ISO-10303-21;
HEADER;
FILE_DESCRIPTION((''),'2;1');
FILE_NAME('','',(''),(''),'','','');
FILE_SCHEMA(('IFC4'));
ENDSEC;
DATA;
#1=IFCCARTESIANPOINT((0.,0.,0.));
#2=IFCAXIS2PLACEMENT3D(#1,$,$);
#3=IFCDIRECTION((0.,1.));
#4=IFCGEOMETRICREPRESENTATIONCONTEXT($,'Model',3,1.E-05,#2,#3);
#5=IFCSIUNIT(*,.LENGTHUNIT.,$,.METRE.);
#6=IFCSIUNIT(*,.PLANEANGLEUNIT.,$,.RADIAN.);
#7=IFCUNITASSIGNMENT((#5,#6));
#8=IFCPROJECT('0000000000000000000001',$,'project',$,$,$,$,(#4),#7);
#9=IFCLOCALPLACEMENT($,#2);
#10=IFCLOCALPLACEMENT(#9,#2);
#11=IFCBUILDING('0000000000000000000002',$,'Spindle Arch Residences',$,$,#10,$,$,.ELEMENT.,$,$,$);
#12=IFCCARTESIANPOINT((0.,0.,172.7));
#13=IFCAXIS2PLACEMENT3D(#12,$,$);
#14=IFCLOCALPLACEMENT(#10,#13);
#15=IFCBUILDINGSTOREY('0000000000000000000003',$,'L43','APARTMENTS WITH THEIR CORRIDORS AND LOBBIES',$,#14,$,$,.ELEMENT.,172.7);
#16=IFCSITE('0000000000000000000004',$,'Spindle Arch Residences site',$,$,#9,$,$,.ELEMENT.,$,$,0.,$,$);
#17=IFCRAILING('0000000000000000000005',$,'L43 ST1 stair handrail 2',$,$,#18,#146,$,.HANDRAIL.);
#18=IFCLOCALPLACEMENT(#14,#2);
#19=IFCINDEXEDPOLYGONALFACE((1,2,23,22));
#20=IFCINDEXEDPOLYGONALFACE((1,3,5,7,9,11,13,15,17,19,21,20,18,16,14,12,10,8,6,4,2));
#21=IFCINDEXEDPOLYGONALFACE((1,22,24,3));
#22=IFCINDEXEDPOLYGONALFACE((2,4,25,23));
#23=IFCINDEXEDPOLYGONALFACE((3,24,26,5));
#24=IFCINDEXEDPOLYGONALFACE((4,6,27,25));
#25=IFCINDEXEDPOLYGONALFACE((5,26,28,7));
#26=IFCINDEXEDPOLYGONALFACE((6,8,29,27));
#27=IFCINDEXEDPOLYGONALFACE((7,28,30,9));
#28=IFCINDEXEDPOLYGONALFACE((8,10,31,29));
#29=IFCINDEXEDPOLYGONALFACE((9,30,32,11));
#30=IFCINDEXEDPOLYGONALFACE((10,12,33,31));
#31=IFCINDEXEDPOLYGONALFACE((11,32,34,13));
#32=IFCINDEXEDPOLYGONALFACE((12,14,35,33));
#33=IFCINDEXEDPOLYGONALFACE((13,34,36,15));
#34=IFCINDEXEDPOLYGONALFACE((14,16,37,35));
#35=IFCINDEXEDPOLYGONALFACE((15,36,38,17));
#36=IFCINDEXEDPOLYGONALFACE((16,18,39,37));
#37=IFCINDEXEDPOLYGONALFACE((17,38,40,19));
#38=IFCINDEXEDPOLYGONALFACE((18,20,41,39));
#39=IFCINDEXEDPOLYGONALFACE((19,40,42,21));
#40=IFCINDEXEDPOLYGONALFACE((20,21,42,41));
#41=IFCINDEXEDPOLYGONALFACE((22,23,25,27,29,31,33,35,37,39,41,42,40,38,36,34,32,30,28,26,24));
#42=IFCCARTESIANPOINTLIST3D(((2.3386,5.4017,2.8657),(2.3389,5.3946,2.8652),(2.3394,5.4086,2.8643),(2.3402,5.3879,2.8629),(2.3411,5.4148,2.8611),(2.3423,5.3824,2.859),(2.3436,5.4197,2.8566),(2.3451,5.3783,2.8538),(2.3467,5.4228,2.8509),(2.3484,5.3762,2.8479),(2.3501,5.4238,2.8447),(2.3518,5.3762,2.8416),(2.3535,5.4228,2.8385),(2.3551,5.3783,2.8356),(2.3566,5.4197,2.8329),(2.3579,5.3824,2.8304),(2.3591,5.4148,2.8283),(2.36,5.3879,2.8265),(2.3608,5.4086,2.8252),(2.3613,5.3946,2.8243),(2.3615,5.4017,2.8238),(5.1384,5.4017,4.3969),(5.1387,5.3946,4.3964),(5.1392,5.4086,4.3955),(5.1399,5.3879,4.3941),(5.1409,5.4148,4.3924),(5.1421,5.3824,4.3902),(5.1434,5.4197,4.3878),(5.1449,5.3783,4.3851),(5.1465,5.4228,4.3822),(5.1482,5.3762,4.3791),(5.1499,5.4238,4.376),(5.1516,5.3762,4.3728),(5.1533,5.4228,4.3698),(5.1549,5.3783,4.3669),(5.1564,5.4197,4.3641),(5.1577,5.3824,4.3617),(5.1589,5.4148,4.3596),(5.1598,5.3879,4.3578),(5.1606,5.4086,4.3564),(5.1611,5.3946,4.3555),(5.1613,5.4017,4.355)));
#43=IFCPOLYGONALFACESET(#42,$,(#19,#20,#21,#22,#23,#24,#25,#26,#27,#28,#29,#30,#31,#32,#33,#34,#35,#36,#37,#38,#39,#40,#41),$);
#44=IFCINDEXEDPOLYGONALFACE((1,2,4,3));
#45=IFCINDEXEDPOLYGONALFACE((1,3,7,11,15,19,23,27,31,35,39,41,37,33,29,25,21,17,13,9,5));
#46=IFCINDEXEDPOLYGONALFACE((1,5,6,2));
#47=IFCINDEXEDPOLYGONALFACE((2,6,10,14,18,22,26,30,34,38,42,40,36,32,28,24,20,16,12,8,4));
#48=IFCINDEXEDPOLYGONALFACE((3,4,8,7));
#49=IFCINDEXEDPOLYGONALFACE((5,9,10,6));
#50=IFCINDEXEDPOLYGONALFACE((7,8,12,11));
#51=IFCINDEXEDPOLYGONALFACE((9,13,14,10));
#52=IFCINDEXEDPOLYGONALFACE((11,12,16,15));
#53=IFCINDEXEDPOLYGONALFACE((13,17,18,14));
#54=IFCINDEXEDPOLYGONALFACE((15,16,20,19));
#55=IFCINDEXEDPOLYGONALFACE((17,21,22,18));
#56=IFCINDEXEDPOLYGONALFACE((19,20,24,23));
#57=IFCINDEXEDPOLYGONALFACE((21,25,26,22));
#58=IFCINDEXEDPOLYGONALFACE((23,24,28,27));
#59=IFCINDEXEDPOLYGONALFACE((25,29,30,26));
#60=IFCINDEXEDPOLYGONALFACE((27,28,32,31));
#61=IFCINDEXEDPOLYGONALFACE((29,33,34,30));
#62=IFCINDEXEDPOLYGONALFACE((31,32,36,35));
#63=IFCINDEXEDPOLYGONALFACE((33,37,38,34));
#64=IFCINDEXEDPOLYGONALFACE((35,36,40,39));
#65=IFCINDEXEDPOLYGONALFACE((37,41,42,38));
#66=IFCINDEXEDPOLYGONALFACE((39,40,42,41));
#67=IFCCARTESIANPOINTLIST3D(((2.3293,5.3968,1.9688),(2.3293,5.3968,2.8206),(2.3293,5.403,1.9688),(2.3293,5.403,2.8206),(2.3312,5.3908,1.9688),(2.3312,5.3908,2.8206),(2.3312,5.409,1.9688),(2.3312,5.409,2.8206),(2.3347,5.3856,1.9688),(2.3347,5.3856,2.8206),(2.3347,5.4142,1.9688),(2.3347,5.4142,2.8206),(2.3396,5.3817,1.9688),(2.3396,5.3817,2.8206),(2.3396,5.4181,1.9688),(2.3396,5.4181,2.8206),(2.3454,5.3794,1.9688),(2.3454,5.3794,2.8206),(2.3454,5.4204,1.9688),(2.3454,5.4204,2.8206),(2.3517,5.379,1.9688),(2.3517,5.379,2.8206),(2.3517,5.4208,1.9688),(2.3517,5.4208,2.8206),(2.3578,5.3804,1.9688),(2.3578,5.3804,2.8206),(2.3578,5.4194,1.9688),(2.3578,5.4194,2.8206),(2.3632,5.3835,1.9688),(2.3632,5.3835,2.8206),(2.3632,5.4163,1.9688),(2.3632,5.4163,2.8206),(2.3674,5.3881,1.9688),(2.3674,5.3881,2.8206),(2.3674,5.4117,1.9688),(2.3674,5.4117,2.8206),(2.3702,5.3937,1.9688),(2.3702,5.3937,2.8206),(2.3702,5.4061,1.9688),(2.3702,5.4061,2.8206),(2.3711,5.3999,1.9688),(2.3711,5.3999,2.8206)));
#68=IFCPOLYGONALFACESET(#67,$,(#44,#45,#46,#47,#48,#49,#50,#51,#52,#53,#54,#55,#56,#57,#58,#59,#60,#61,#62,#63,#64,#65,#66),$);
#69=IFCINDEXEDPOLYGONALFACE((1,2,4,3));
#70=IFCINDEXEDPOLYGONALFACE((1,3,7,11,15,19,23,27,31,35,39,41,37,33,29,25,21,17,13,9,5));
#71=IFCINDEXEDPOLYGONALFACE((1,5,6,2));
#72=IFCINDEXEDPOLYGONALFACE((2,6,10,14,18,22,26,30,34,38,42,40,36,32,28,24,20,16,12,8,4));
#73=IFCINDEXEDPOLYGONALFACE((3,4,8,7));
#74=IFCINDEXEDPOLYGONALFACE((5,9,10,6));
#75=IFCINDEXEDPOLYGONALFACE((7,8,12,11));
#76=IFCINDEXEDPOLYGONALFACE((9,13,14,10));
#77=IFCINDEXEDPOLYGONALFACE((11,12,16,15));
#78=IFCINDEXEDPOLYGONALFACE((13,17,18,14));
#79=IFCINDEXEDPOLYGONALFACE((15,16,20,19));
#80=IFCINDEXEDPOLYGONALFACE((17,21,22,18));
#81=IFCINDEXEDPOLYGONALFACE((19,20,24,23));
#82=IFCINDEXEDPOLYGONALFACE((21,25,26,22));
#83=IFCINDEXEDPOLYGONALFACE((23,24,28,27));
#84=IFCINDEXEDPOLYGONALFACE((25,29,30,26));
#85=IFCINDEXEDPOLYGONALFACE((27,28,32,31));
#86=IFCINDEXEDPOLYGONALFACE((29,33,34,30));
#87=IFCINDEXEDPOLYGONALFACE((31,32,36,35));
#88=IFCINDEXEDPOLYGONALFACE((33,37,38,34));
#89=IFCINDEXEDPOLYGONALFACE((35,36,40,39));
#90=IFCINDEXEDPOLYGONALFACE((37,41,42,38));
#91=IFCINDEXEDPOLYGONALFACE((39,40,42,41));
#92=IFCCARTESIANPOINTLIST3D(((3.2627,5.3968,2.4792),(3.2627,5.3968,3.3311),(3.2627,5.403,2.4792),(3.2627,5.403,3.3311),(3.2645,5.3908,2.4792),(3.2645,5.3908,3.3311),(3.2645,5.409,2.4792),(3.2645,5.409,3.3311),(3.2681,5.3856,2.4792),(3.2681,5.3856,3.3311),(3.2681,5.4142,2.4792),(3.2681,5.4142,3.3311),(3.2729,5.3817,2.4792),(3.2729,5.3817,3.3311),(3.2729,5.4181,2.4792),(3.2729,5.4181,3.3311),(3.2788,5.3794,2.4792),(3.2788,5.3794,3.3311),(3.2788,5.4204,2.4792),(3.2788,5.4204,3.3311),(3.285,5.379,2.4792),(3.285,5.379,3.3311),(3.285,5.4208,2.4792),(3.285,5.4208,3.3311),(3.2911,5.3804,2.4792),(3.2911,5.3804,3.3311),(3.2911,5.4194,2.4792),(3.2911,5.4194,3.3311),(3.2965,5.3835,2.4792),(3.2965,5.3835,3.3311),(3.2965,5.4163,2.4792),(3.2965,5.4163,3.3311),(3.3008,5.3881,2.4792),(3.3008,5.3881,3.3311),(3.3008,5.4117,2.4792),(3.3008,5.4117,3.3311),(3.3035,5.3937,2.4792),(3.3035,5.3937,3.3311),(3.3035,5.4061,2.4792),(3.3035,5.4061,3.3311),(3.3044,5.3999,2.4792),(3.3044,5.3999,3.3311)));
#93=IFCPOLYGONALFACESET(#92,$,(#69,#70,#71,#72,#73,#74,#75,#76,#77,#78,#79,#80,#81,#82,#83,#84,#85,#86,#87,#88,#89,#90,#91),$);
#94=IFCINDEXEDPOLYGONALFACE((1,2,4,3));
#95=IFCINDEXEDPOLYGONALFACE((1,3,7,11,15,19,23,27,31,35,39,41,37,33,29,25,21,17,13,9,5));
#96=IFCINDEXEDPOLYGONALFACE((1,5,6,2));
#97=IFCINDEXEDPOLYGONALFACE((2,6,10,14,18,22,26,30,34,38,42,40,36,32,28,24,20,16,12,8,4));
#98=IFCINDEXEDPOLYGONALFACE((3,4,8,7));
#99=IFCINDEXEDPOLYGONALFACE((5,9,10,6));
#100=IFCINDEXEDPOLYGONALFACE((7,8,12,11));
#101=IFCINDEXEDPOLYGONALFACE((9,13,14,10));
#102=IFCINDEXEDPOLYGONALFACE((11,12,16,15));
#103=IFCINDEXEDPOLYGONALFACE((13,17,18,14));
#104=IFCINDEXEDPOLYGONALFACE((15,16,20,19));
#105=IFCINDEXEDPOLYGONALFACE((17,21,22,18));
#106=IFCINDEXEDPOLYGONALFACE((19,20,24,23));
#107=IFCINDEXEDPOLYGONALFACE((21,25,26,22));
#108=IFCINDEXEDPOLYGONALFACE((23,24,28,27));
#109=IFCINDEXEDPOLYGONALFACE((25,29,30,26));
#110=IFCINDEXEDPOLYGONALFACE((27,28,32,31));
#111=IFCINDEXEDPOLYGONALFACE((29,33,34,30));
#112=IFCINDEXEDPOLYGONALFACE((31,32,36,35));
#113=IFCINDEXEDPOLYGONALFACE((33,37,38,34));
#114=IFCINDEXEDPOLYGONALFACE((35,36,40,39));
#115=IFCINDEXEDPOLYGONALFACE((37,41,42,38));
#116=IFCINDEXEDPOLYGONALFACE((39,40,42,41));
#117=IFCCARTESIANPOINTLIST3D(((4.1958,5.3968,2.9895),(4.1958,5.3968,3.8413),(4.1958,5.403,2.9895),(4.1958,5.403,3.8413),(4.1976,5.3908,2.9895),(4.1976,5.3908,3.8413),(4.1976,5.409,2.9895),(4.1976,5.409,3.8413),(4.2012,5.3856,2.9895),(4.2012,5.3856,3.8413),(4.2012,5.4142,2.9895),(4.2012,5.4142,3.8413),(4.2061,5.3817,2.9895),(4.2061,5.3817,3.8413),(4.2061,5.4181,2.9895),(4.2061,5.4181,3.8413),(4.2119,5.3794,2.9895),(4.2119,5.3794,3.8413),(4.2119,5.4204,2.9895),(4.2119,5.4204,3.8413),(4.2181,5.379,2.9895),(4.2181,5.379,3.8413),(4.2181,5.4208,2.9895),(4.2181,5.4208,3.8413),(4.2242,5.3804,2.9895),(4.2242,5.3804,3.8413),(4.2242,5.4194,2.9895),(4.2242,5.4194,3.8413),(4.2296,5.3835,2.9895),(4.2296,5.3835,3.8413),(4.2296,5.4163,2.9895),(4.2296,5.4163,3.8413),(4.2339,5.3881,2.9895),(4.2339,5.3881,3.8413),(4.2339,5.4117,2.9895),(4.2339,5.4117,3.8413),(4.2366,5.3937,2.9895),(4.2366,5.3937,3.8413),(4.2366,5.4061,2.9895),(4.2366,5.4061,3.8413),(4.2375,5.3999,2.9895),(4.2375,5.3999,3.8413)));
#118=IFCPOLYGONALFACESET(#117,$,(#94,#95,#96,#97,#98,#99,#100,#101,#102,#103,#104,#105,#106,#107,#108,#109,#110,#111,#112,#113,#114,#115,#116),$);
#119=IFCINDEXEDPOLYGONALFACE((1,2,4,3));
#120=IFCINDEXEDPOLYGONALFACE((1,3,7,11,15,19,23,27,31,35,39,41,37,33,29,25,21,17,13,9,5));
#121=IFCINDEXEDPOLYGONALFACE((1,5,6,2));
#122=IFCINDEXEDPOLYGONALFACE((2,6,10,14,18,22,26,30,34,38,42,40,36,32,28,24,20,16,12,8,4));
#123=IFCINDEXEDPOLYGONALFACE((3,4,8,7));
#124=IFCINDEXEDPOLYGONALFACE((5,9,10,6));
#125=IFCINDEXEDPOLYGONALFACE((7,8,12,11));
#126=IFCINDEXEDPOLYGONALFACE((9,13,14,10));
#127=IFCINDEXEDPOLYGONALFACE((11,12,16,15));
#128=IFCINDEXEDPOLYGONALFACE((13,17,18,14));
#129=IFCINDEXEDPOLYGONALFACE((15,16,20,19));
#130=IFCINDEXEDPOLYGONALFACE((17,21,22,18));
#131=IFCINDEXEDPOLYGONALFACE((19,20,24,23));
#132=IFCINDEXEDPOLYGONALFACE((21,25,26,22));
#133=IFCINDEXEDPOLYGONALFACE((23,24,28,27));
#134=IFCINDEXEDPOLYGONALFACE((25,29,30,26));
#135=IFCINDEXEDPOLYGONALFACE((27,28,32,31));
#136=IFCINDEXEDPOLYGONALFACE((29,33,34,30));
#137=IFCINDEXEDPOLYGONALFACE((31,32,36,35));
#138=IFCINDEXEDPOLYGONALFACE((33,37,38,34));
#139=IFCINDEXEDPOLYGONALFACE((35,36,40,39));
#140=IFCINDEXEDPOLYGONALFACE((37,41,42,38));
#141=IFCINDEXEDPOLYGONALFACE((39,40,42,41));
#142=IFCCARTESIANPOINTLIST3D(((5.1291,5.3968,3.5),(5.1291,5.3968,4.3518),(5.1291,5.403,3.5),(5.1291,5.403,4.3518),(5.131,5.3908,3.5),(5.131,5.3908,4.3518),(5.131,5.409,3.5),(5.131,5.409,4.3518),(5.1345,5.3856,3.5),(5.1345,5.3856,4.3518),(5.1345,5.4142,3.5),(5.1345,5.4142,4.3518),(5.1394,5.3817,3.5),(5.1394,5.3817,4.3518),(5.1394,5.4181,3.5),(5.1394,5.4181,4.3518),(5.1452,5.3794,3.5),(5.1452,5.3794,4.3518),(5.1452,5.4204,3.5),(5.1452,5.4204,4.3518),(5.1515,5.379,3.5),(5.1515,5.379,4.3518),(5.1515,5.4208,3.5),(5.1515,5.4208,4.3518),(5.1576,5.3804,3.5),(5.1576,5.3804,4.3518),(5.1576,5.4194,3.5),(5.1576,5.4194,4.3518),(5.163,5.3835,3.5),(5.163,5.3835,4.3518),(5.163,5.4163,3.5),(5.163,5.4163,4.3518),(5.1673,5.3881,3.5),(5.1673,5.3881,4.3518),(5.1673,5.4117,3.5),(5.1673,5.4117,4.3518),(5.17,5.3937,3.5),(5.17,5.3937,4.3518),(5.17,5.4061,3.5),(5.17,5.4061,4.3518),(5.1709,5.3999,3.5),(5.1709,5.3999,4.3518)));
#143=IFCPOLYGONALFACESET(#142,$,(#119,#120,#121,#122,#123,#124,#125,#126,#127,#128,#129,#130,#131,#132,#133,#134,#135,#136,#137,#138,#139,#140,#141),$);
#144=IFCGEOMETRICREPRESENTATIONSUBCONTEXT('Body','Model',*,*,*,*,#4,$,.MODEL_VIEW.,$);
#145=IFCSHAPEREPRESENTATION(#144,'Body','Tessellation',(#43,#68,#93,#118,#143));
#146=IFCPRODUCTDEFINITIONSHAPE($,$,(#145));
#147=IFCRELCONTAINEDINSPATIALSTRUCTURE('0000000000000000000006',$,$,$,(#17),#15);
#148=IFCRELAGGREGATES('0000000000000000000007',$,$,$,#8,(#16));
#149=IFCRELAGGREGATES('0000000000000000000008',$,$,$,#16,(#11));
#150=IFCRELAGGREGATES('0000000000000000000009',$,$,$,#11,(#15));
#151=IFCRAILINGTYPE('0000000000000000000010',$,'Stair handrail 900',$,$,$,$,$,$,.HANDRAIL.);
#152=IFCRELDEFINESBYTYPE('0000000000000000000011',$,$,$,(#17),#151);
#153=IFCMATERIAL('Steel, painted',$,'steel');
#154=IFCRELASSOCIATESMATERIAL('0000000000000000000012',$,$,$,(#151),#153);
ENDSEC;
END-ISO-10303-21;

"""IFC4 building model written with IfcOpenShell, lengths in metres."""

from ifc_helpers import new_model, si_unit, direction, frame, origin, origin_2d, place, context, subcontext, project, spatial, circle, extrude, material, type_object, element, save


model = new_model("IFC4")

# Units and contexts
model_context = context("Model", 3, precision=1e-05, world=origin(), true_north=direction((0.0, 1.0)))
body_context = subcontext(model_context, "Body", "Model", "MODEL_VIEW")
ifc_project = project(units=[si_unit("LENGTHUNIT", "METRE"), si_unit("PLANEANGLEUNIT", "RADIAN")], contexts=[model_context])

# Site, building, storey
site_placement = place(None, origin())
site = spatial("IfcSite", under=ifc_project, at=site_placement, Name="Spindle Arch Residences site", CompositionType="ELEMENT", RefElevation=0.0)
building_placement = place(site_placement, origin())
building = spatial("IfcBuilding", under=site, at=building_placement, Name="Spindle Arch Residences", CompositionType="ELEMENT")
storey_placement = place(building_placement, frame((0.0, 0.0, 172.7)))
storey = spatial("IfcBuildingStorey", under=building, at=storey_placement, Name="L43", Description="APARTMENTS WITH THEIR CORRIDORS AND LOBBIES", CompositionType="ELEMENT", Elevation=172.7)

# Railing
ifc_material_1 = material(Name="Steel, painted", Category="steel")
railing_type_1 = type_object("IfcRailingType", Name="Stair handrail 900", PredefinedType="HANDRAIL", material=ifc_material_1)
railing_1_placement = place(storey_placement, frame((2.3501, 5.3999, 1.9688)))
element("IfcRailing", 1, at=railing_1_placement, inside=storey, type_object=railing_type_1, Name="L43 ST1 stair handrail 2", PredefinedType="HANDRAIL", context=body_context, shape_type="SweptSolid", body=[
    extrude(circle(Radius=0.0239, at=origin_2d()), frame((0.0, 0.0, 0.876), z_axis=(0.877357, 0.0, 0.479838), x_axis=(0.0, 1.0, 0.0)), (0.0, 0.0, 1.0), 3.1912),
    extrude(circle(Radius=0.021, at=origin_2d()), origin(), (0.0, 0.0, 1.0), 0.8518),
    extrude(circle(Radius=0.021, at=origin_2d()), frame((0.9333, 0.0, 0.5105)), (0.0, 0.0, 1.0), 0.8518),
    extrude(circle(Radius=0.021, at=origin_2d()), frame((1.8665, 0.0, 1.0208)), (0.0, 0.0, 1.0), 0.8518),
    extrude(circle(Radius=0.021, at=origin_2d()), frame((2.7998, 0.0, 1.5312)), (0.0, 0.0, 1.0), 0.8518),
])

save(model, "model.ifc")
